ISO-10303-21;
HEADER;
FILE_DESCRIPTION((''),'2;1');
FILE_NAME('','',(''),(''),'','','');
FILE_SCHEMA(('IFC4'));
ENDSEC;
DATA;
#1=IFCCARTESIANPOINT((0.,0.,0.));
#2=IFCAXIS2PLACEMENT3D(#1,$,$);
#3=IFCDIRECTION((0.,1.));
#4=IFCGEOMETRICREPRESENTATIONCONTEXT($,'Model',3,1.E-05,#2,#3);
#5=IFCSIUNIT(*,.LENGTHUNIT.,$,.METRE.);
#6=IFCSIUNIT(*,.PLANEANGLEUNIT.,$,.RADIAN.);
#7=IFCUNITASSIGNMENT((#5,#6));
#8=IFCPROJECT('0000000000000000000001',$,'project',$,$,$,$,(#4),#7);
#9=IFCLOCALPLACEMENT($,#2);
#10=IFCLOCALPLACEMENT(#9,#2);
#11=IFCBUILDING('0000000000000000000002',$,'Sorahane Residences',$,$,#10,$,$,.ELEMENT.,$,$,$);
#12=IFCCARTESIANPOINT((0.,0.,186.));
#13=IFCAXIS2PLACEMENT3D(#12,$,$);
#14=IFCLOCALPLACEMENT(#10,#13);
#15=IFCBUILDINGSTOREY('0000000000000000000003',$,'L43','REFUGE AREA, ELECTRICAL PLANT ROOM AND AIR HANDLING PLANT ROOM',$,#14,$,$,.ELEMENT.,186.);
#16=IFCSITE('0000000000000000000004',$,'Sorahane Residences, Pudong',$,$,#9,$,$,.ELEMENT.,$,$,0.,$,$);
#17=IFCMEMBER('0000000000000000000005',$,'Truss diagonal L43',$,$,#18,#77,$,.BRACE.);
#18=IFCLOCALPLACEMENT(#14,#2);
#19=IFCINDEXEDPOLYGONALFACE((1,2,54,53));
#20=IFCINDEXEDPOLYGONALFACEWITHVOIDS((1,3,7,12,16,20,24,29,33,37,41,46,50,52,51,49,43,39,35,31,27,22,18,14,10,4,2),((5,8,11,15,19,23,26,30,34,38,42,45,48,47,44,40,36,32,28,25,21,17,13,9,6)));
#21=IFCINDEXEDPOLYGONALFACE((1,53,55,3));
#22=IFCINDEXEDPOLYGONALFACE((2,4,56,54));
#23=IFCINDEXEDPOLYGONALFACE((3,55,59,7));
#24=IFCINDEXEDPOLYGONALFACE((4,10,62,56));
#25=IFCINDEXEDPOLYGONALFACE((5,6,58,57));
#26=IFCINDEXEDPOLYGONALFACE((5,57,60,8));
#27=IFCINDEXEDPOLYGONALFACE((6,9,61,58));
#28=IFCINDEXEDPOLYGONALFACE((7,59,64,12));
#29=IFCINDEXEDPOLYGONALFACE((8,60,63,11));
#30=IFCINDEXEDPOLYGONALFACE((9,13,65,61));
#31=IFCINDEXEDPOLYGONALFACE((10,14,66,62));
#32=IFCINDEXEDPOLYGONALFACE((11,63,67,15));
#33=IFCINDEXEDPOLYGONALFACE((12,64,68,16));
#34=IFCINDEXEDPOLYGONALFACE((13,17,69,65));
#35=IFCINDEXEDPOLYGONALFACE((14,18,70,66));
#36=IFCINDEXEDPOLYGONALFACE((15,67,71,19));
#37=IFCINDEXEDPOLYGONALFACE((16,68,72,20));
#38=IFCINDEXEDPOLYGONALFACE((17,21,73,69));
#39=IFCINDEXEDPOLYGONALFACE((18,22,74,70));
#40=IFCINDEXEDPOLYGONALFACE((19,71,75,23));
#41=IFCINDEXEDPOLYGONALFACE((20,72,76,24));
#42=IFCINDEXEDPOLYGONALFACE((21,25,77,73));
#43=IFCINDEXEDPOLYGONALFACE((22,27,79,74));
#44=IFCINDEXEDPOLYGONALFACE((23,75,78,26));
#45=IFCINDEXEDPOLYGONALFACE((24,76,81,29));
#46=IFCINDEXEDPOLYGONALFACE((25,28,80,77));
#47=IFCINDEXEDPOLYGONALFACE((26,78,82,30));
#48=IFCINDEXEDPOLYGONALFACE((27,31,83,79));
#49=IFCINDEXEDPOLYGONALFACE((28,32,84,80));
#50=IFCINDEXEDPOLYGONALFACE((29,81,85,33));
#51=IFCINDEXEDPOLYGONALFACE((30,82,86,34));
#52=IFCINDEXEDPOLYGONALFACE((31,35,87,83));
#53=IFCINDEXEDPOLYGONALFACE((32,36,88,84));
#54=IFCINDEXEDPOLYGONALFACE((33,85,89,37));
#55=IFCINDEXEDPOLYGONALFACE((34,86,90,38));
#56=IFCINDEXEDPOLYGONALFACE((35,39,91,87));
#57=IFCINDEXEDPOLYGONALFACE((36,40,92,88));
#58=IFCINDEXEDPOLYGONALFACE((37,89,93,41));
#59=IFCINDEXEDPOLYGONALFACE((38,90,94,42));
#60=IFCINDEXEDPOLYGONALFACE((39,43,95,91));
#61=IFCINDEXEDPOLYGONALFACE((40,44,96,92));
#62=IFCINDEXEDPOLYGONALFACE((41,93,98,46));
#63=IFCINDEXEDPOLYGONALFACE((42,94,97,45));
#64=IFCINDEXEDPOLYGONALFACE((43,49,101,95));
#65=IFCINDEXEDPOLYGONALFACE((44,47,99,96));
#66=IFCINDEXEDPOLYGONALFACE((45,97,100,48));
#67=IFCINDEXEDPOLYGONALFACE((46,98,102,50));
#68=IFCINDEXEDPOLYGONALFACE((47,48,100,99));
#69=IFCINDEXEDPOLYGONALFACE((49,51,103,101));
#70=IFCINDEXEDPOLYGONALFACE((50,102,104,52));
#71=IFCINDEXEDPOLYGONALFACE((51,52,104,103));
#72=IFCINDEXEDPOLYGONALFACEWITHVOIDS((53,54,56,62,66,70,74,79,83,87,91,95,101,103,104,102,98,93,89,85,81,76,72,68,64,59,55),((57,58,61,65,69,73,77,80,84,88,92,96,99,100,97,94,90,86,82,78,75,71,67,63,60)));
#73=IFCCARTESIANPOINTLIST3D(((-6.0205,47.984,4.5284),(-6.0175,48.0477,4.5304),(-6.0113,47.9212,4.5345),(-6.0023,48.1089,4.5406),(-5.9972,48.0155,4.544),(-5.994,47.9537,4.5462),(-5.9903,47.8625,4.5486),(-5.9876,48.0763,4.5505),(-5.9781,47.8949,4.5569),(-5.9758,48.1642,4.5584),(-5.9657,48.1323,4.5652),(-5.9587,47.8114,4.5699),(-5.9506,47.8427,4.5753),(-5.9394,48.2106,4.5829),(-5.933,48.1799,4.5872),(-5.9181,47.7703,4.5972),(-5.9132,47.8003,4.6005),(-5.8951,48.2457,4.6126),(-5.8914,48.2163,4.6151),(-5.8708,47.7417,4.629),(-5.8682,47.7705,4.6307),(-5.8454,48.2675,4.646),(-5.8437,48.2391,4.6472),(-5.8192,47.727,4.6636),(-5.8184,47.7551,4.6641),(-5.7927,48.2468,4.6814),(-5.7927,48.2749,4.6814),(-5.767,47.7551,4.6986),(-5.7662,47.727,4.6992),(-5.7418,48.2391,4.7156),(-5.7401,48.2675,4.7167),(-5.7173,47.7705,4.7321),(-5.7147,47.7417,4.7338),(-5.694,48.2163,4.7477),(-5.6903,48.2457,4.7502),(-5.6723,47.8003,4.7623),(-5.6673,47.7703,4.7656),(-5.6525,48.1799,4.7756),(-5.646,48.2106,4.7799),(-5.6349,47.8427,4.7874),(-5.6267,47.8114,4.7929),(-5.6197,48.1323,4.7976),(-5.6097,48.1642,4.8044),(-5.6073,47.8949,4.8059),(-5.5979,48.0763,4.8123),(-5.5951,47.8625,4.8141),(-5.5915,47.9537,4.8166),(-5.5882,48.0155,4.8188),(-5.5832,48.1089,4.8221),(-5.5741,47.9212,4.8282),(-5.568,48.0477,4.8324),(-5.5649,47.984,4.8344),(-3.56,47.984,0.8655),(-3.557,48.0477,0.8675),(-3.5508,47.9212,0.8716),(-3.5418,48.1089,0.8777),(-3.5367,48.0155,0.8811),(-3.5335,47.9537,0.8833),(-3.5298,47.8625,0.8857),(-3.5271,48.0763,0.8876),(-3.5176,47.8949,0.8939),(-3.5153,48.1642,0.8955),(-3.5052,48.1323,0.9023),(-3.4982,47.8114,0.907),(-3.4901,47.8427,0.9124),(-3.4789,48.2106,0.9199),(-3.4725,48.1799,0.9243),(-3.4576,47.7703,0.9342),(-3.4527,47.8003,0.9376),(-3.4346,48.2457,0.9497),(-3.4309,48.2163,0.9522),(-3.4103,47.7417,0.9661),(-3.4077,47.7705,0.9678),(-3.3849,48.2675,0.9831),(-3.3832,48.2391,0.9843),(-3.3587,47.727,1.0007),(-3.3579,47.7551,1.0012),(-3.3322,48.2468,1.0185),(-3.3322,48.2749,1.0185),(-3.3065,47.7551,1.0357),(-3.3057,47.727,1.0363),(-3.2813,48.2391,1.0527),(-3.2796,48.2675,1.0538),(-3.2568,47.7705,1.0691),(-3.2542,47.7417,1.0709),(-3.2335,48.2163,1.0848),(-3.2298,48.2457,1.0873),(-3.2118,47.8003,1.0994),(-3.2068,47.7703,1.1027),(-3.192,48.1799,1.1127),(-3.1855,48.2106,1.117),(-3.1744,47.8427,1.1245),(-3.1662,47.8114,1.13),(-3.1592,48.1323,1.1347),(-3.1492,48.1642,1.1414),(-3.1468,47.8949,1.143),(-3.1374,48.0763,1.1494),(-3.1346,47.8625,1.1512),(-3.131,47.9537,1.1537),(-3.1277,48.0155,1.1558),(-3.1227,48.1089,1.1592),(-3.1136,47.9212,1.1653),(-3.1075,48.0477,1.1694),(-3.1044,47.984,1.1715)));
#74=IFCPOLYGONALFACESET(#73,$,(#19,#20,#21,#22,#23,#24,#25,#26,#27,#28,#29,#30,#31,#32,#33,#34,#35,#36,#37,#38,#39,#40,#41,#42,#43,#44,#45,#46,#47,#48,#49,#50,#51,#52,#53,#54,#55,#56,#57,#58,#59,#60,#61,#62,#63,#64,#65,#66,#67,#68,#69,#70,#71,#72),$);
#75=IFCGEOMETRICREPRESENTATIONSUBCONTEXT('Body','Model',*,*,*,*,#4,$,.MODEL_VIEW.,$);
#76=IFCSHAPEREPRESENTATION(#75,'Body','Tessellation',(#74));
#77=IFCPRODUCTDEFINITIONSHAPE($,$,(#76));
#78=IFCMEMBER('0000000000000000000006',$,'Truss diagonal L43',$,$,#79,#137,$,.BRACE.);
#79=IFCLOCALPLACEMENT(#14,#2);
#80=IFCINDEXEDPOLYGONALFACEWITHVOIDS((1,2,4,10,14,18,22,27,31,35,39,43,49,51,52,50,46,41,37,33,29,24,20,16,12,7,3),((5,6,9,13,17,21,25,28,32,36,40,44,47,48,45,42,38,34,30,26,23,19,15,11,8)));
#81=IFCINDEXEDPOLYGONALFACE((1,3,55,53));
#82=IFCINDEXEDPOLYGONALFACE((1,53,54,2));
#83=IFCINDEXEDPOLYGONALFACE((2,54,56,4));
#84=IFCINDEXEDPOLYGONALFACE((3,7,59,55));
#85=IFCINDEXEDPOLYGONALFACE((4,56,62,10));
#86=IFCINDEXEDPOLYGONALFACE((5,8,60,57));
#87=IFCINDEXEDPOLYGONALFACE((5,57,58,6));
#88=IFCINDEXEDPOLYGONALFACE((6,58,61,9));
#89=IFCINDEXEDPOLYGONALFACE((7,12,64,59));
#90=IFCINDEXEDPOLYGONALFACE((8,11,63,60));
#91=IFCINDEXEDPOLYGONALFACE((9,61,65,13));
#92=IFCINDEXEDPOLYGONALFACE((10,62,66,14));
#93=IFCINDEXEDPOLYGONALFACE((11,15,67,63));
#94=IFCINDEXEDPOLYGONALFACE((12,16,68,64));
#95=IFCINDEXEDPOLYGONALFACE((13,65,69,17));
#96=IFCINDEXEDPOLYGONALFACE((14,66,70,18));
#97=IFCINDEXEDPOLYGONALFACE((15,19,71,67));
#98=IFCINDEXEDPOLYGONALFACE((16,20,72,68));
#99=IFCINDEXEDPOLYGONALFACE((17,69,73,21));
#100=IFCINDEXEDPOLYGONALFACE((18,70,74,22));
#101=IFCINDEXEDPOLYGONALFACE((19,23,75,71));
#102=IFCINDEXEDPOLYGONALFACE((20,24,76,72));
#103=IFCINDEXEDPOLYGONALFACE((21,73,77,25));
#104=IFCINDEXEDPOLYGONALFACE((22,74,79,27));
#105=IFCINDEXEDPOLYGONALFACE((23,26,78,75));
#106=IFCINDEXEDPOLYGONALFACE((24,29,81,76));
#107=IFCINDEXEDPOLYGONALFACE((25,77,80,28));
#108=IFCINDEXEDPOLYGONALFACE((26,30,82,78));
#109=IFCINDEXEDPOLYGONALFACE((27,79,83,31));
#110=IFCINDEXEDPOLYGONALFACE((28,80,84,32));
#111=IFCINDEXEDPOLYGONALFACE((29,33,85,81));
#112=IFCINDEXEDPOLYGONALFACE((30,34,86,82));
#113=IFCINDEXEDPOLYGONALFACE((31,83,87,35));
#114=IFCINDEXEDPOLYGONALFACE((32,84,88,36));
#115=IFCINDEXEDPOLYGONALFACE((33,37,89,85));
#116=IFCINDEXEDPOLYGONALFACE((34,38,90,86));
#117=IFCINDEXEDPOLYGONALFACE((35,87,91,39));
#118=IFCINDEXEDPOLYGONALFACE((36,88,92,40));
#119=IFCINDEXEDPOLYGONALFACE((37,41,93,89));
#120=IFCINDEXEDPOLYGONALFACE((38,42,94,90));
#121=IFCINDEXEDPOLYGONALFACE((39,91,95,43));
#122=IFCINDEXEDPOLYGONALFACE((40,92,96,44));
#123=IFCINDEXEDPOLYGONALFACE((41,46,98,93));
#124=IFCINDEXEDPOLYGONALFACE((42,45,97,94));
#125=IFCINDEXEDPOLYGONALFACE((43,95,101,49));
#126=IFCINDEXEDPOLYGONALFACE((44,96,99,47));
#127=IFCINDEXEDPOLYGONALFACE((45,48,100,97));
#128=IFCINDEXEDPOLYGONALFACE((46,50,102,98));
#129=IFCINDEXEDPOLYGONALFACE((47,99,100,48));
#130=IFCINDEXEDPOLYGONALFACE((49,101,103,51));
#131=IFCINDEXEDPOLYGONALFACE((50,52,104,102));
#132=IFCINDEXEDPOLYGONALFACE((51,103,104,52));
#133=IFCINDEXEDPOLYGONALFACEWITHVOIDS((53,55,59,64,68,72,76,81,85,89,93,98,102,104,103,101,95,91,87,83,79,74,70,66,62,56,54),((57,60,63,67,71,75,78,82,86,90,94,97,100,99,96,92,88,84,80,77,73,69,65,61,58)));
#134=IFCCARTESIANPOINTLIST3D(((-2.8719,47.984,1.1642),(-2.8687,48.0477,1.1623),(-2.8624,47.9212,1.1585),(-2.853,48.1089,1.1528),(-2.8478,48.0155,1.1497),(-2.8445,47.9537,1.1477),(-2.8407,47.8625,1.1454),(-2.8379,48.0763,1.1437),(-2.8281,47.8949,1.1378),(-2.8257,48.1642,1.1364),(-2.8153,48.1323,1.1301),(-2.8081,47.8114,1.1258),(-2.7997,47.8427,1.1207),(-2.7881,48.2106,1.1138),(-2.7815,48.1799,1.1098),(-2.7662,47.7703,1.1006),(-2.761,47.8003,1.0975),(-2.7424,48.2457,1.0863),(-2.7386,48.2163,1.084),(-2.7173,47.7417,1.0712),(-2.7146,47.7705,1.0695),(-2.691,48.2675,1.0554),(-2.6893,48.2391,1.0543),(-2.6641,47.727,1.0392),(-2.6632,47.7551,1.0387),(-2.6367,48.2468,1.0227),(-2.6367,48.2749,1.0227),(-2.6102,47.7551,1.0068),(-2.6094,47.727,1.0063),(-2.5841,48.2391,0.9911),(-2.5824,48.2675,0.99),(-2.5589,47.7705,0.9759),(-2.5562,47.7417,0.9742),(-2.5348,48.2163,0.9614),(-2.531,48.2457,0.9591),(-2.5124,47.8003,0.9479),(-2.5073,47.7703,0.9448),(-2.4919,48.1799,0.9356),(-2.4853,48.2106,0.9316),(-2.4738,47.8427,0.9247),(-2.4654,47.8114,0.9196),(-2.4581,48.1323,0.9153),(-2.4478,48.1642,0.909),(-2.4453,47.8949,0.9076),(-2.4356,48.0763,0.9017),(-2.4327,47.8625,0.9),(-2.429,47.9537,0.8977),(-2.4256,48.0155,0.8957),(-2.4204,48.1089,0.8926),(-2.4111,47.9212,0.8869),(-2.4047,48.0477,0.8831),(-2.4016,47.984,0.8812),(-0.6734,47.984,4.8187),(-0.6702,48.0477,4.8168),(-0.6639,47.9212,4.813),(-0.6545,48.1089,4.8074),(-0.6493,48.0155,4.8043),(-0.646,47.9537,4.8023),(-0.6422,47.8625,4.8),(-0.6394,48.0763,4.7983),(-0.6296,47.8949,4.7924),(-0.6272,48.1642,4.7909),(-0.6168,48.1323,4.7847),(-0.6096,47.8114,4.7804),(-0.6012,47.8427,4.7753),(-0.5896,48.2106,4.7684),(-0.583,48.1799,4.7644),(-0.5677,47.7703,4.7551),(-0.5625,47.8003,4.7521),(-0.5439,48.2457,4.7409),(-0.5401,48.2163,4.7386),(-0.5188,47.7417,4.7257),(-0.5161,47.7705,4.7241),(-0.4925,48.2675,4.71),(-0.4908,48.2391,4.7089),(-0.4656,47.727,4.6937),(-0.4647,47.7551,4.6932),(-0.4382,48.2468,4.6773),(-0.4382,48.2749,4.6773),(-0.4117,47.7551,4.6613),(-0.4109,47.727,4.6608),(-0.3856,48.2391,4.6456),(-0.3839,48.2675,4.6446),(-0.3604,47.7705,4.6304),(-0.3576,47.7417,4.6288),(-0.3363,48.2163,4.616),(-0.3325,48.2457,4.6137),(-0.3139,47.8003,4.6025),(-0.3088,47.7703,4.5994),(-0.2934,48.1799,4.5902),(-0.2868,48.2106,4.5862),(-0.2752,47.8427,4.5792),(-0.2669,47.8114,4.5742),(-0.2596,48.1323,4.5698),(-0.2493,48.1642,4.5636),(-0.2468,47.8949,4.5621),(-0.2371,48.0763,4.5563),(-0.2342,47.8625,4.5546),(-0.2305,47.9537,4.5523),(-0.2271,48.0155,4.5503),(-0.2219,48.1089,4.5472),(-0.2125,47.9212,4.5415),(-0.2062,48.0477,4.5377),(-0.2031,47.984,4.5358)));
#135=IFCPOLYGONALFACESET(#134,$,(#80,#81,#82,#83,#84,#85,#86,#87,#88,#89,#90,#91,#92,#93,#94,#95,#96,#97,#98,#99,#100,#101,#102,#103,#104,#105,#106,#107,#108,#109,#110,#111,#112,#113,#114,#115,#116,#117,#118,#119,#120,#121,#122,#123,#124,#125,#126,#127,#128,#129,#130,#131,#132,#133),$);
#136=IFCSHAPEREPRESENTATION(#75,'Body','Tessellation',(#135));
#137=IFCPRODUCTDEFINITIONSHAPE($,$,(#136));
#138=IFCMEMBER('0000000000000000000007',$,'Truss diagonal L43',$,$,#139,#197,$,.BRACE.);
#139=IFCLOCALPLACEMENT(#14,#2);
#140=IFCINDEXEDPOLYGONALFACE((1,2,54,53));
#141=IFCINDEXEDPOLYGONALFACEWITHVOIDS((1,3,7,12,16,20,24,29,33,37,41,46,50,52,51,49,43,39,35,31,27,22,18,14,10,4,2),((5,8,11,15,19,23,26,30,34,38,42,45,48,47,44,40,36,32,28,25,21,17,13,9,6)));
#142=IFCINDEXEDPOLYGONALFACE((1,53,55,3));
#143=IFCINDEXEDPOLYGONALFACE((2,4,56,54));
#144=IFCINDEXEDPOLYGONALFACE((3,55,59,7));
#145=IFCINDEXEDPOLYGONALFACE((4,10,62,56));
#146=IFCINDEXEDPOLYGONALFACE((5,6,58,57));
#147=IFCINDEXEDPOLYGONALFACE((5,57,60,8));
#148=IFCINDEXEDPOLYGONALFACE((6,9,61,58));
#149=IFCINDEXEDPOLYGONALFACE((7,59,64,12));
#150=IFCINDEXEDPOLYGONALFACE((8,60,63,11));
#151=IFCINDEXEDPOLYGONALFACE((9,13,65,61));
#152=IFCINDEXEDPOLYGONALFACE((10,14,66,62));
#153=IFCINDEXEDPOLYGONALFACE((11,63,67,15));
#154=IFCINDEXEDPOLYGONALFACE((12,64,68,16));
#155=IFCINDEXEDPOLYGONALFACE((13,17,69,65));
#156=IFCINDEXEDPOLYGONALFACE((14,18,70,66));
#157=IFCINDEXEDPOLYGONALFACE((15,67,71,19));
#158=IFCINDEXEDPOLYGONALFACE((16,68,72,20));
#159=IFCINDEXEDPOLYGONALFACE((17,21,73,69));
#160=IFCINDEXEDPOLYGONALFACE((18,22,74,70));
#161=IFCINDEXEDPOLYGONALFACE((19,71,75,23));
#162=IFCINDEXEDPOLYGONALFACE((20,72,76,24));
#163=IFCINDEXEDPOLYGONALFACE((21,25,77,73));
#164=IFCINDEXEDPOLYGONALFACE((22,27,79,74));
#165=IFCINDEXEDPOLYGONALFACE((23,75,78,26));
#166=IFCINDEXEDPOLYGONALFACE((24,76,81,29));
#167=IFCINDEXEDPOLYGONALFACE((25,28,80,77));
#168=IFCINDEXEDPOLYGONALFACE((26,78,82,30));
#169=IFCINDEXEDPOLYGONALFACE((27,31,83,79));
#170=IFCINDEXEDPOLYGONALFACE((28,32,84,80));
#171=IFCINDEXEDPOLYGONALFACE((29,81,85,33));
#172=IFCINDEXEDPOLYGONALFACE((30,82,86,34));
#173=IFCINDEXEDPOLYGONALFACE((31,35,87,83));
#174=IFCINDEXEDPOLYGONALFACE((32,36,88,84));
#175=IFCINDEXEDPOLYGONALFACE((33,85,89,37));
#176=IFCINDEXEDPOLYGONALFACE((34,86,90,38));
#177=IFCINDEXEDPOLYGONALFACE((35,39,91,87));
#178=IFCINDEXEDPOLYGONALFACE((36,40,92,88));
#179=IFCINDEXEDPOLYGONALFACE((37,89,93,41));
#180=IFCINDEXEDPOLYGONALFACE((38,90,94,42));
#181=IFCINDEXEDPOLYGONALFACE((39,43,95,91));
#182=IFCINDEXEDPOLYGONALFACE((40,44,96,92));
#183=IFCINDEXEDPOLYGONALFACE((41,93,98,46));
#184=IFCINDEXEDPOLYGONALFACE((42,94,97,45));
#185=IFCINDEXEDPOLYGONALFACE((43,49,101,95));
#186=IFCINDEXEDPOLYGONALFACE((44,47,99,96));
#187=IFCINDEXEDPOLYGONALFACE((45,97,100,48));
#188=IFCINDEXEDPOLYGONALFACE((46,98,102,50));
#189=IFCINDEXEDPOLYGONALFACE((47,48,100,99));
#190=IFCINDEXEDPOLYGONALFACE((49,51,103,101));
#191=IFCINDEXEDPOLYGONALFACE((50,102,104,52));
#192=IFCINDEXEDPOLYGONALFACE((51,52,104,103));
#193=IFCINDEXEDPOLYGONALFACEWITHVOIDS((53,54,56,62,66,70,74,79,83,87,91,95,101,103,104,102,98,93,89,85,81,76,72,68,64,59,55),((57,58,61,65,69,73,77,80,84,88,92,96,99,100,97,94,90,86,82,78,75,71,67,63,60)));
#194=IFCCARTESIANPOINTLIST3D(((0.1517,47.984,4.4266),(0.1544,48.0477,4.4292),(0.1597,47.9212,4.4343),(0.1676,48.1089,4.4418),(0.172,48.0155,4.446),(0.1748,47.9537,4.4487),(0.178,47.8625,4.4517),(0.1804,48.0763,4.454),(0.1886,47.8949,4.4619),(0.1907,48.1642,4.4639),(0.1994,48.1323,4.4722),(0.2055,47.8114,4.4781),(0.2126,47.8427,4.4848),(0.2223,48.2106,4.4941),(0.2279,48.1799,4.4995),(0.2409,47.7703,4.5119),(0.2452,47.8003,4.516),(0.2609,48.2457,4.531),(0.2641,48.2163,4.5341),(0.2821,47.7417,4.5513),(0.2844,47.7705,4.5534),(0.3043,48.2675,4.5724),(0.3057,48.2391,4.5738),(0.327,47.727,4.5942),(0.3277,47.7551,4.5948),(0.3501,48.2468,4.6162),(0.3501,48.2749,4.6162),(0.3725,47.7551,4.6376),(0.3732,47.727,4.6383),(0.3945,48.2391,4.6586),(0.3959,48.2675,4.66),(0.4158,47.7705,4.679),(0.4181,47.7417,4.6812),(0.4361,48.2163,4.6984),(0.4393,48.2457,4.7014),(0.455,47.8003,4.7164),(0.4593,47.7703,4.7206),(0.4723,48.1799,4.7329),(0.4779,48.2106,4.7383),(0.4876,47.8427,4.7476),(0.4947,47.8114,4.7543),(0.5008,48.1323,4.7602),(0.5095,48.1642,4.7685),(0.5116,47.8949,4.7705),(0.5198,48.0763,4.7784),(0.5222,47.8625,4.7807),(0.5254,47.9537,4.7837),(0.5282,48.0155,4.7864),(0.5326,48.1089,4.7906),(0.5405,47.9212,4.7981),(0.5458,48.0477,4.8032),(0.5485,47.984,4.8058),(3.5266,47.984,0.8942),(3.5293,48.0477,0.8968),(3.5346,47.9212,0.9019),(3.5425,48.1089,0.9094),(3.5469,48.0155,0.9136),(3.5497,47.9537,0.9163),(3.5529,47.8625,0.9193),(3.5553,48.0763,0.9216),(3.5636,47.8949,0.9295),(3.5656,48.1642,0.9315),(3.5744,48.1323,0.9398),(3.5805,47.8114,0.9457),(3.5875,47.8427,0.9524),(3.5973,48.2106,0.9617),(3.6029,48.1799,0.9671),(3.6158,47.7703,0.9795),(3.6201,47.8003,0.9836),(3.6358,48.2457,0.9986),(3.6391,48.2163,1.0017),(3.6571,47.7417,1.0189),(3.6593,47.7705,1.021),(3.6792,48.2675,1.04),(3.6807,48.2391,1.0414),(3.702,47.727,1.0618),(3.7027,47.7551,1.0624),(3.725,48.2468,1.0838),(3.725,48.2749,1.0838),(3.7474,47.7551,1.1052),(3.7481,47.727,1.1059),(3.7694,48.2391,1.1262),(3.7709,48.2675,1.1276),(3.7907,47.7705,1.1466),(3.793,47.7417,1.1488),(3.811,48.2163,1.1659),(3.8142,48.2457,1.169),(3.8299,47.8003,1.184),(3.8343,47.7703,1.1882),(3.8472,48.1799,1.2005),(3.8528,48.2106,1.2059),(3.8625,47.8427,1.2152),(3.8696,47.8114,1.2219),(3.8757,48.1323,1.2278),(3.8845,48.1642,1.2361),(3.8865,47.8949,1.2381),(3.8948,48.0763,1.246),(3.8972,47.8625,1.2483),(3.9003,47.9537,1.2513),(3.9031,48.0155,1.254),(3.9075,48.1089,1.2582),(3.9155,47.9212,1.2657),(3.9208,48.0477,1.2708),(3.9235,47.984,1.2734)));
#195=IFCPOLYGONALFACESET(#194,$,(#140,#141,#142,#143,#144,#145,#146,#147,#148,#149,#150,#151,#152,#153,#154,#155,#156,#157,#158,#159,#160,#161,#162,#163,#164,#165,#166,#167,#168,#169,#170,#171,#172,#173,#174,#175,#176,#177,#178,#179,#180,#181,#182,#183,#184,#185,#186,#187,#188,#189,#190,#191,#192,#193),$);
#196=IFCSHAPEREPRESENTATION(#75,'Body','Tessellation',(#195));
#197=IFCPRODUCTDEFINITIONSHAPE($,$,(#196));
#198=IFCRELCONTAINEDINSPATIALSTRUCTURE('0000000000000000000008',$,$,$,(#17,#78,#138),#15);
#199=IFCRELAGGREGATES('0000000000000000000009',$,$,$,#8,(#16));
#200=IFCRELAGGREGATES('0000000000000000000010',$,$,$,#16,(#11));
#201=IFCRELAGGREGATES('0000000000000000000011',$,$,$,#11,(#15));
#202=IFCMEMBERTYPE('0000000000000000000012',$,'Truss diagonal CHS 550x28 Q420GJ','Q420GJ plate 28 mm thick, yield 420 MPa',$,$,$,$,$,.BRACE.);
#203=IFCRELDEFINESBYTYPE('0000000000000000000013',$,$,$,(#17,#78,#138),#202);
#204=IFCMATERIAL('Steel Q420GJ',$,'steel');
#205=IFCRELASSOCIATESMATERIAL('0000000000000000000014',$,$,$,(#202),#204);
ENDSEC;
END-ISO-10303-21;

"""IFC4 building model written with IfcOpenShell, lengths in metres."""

from ifc_helpers import new_model, si_unit, direction, frame, origin, origin_2d, place, context, subcontext, project, spatial, hollow_circle, extrude, material, material_profile, profile_set, type_object, element, save


model = new_model("IFC4")

# Units and contexts
model_context = context("Model", 3, precision=1e-05, world=origin(), true_north=direction((0.0, 1.0)))
body_context = subcontext(model_context, "Body", "Model", "MODEL_VIEW")
ifc_project = project(units=[si_unit("LENGTHUNIT", "METRE"), si_unit("PLANEANGLEUNIT", "RADIAN")], contexts=[model_context])

# Site, building, storey
site_placement = place(None, origin())
site = spatial("IfcSite", under=ifc_project, at=site_placement, Name="Sorahane Residences, Pudong", CompositionType="ELEMENT", RefElevation=0.0)
building_placement = place(site_placement, origin())
building = spatial("IfcBuilding", under=site, at=building_placement, Name="Sorahane Residences", CompositionType="ELEMENT")
storey_placement = place(building_placement, frame((0.0, 0.0, 186.0)))
storey = spatial("IfcBuildingStorey", under=building, at=storey_placement, Name="L43", Description="REFUGE AREA, ELECTRICAL PLANT ROOM AND AIR HANDLING PLANT ROOM", CompositionType="ELEMENT", Elevation=186.0)

# Members
ifc_material_1 = material(Name="Steel Q420GJ", Category="steel")
ifc_material_profile_1 = material_profile(ifc_material_1, hollow_circle(Radius=0.2749, WallThickness=0.0281, at=origin_2d()), Name="CHS 550x28")
ifc_profile_set_1 = profile_set([ifc_material_profile_1], Name="Steel Q420GJ")
member_type = type_object("IfcMemberType", Name="Truss diagonal CHS 550x28 Q420GJ", Description="Q420GJ plate 28 mm thick, yield 420 MPa", PredefinedType="BRACE", material=ifc_profile_set_1)
member_1_placement = place(storey_placement, frame((-5.7927, 48.0, 4.6814), z_axis=(0.557608, 0.0, -0.830104), x_axis=(0.0, 1.0, 0.0)))
element("IfcMember", 1, at=member_1_placement, inside=storey, type_object=member_type, Name="Truss diagonal L43", PredefinedType="BRACE", context=body_context, shape_type="SweptSolid", body=[
    extrude(hollow_circle(Radius=0.2749, WallThickness=0.0281, at=origin_2d()), origin(), (0.0, 0.0, 1.0), 4.4126),
])
member_2_placement = place(storey_placement, frame((-2.6367, 48.0, 1.0227), z_axis=(0.515489, 0.0, 0.856896), x_axis=(0.0, 1.0, 0.0)))
element("IfcMember", 2, at=member_2_placement, inside=storey, type_object=member_type, Name="Truss diagonal L43", PredefinedType="BRACE", context=body_context, shape_type="SweptSolid", body=[
    extrude(hollow_circle(Radius=0.2749, WallThickness=0.0281, at=origin_2d()), origin(), (0.0, 0.0, 1.0), 4.2649),
])
member_3_placement = place(storey_placement, frame((0.3501, 48.0, 4.6162), z_axis=(0.690807, 0.0, -0.723039), x_axis=(0.0, 1.0, 0.0)))
element("IfcMember", 3, at=member_3_placement, inside=storey, type_object=member_type, Name="Truss diagonal L43", PredefinedType="BRACE", context=body_context, shape_type="SweptSolid", body=[
    extrude(hollow_circle(Radius=0.2749, WallThickness=0.0281, at=origin_2d()), origin(), (0.0, 0.0, 1.0), 4.8855),
])

save(model, "model.ifc")
